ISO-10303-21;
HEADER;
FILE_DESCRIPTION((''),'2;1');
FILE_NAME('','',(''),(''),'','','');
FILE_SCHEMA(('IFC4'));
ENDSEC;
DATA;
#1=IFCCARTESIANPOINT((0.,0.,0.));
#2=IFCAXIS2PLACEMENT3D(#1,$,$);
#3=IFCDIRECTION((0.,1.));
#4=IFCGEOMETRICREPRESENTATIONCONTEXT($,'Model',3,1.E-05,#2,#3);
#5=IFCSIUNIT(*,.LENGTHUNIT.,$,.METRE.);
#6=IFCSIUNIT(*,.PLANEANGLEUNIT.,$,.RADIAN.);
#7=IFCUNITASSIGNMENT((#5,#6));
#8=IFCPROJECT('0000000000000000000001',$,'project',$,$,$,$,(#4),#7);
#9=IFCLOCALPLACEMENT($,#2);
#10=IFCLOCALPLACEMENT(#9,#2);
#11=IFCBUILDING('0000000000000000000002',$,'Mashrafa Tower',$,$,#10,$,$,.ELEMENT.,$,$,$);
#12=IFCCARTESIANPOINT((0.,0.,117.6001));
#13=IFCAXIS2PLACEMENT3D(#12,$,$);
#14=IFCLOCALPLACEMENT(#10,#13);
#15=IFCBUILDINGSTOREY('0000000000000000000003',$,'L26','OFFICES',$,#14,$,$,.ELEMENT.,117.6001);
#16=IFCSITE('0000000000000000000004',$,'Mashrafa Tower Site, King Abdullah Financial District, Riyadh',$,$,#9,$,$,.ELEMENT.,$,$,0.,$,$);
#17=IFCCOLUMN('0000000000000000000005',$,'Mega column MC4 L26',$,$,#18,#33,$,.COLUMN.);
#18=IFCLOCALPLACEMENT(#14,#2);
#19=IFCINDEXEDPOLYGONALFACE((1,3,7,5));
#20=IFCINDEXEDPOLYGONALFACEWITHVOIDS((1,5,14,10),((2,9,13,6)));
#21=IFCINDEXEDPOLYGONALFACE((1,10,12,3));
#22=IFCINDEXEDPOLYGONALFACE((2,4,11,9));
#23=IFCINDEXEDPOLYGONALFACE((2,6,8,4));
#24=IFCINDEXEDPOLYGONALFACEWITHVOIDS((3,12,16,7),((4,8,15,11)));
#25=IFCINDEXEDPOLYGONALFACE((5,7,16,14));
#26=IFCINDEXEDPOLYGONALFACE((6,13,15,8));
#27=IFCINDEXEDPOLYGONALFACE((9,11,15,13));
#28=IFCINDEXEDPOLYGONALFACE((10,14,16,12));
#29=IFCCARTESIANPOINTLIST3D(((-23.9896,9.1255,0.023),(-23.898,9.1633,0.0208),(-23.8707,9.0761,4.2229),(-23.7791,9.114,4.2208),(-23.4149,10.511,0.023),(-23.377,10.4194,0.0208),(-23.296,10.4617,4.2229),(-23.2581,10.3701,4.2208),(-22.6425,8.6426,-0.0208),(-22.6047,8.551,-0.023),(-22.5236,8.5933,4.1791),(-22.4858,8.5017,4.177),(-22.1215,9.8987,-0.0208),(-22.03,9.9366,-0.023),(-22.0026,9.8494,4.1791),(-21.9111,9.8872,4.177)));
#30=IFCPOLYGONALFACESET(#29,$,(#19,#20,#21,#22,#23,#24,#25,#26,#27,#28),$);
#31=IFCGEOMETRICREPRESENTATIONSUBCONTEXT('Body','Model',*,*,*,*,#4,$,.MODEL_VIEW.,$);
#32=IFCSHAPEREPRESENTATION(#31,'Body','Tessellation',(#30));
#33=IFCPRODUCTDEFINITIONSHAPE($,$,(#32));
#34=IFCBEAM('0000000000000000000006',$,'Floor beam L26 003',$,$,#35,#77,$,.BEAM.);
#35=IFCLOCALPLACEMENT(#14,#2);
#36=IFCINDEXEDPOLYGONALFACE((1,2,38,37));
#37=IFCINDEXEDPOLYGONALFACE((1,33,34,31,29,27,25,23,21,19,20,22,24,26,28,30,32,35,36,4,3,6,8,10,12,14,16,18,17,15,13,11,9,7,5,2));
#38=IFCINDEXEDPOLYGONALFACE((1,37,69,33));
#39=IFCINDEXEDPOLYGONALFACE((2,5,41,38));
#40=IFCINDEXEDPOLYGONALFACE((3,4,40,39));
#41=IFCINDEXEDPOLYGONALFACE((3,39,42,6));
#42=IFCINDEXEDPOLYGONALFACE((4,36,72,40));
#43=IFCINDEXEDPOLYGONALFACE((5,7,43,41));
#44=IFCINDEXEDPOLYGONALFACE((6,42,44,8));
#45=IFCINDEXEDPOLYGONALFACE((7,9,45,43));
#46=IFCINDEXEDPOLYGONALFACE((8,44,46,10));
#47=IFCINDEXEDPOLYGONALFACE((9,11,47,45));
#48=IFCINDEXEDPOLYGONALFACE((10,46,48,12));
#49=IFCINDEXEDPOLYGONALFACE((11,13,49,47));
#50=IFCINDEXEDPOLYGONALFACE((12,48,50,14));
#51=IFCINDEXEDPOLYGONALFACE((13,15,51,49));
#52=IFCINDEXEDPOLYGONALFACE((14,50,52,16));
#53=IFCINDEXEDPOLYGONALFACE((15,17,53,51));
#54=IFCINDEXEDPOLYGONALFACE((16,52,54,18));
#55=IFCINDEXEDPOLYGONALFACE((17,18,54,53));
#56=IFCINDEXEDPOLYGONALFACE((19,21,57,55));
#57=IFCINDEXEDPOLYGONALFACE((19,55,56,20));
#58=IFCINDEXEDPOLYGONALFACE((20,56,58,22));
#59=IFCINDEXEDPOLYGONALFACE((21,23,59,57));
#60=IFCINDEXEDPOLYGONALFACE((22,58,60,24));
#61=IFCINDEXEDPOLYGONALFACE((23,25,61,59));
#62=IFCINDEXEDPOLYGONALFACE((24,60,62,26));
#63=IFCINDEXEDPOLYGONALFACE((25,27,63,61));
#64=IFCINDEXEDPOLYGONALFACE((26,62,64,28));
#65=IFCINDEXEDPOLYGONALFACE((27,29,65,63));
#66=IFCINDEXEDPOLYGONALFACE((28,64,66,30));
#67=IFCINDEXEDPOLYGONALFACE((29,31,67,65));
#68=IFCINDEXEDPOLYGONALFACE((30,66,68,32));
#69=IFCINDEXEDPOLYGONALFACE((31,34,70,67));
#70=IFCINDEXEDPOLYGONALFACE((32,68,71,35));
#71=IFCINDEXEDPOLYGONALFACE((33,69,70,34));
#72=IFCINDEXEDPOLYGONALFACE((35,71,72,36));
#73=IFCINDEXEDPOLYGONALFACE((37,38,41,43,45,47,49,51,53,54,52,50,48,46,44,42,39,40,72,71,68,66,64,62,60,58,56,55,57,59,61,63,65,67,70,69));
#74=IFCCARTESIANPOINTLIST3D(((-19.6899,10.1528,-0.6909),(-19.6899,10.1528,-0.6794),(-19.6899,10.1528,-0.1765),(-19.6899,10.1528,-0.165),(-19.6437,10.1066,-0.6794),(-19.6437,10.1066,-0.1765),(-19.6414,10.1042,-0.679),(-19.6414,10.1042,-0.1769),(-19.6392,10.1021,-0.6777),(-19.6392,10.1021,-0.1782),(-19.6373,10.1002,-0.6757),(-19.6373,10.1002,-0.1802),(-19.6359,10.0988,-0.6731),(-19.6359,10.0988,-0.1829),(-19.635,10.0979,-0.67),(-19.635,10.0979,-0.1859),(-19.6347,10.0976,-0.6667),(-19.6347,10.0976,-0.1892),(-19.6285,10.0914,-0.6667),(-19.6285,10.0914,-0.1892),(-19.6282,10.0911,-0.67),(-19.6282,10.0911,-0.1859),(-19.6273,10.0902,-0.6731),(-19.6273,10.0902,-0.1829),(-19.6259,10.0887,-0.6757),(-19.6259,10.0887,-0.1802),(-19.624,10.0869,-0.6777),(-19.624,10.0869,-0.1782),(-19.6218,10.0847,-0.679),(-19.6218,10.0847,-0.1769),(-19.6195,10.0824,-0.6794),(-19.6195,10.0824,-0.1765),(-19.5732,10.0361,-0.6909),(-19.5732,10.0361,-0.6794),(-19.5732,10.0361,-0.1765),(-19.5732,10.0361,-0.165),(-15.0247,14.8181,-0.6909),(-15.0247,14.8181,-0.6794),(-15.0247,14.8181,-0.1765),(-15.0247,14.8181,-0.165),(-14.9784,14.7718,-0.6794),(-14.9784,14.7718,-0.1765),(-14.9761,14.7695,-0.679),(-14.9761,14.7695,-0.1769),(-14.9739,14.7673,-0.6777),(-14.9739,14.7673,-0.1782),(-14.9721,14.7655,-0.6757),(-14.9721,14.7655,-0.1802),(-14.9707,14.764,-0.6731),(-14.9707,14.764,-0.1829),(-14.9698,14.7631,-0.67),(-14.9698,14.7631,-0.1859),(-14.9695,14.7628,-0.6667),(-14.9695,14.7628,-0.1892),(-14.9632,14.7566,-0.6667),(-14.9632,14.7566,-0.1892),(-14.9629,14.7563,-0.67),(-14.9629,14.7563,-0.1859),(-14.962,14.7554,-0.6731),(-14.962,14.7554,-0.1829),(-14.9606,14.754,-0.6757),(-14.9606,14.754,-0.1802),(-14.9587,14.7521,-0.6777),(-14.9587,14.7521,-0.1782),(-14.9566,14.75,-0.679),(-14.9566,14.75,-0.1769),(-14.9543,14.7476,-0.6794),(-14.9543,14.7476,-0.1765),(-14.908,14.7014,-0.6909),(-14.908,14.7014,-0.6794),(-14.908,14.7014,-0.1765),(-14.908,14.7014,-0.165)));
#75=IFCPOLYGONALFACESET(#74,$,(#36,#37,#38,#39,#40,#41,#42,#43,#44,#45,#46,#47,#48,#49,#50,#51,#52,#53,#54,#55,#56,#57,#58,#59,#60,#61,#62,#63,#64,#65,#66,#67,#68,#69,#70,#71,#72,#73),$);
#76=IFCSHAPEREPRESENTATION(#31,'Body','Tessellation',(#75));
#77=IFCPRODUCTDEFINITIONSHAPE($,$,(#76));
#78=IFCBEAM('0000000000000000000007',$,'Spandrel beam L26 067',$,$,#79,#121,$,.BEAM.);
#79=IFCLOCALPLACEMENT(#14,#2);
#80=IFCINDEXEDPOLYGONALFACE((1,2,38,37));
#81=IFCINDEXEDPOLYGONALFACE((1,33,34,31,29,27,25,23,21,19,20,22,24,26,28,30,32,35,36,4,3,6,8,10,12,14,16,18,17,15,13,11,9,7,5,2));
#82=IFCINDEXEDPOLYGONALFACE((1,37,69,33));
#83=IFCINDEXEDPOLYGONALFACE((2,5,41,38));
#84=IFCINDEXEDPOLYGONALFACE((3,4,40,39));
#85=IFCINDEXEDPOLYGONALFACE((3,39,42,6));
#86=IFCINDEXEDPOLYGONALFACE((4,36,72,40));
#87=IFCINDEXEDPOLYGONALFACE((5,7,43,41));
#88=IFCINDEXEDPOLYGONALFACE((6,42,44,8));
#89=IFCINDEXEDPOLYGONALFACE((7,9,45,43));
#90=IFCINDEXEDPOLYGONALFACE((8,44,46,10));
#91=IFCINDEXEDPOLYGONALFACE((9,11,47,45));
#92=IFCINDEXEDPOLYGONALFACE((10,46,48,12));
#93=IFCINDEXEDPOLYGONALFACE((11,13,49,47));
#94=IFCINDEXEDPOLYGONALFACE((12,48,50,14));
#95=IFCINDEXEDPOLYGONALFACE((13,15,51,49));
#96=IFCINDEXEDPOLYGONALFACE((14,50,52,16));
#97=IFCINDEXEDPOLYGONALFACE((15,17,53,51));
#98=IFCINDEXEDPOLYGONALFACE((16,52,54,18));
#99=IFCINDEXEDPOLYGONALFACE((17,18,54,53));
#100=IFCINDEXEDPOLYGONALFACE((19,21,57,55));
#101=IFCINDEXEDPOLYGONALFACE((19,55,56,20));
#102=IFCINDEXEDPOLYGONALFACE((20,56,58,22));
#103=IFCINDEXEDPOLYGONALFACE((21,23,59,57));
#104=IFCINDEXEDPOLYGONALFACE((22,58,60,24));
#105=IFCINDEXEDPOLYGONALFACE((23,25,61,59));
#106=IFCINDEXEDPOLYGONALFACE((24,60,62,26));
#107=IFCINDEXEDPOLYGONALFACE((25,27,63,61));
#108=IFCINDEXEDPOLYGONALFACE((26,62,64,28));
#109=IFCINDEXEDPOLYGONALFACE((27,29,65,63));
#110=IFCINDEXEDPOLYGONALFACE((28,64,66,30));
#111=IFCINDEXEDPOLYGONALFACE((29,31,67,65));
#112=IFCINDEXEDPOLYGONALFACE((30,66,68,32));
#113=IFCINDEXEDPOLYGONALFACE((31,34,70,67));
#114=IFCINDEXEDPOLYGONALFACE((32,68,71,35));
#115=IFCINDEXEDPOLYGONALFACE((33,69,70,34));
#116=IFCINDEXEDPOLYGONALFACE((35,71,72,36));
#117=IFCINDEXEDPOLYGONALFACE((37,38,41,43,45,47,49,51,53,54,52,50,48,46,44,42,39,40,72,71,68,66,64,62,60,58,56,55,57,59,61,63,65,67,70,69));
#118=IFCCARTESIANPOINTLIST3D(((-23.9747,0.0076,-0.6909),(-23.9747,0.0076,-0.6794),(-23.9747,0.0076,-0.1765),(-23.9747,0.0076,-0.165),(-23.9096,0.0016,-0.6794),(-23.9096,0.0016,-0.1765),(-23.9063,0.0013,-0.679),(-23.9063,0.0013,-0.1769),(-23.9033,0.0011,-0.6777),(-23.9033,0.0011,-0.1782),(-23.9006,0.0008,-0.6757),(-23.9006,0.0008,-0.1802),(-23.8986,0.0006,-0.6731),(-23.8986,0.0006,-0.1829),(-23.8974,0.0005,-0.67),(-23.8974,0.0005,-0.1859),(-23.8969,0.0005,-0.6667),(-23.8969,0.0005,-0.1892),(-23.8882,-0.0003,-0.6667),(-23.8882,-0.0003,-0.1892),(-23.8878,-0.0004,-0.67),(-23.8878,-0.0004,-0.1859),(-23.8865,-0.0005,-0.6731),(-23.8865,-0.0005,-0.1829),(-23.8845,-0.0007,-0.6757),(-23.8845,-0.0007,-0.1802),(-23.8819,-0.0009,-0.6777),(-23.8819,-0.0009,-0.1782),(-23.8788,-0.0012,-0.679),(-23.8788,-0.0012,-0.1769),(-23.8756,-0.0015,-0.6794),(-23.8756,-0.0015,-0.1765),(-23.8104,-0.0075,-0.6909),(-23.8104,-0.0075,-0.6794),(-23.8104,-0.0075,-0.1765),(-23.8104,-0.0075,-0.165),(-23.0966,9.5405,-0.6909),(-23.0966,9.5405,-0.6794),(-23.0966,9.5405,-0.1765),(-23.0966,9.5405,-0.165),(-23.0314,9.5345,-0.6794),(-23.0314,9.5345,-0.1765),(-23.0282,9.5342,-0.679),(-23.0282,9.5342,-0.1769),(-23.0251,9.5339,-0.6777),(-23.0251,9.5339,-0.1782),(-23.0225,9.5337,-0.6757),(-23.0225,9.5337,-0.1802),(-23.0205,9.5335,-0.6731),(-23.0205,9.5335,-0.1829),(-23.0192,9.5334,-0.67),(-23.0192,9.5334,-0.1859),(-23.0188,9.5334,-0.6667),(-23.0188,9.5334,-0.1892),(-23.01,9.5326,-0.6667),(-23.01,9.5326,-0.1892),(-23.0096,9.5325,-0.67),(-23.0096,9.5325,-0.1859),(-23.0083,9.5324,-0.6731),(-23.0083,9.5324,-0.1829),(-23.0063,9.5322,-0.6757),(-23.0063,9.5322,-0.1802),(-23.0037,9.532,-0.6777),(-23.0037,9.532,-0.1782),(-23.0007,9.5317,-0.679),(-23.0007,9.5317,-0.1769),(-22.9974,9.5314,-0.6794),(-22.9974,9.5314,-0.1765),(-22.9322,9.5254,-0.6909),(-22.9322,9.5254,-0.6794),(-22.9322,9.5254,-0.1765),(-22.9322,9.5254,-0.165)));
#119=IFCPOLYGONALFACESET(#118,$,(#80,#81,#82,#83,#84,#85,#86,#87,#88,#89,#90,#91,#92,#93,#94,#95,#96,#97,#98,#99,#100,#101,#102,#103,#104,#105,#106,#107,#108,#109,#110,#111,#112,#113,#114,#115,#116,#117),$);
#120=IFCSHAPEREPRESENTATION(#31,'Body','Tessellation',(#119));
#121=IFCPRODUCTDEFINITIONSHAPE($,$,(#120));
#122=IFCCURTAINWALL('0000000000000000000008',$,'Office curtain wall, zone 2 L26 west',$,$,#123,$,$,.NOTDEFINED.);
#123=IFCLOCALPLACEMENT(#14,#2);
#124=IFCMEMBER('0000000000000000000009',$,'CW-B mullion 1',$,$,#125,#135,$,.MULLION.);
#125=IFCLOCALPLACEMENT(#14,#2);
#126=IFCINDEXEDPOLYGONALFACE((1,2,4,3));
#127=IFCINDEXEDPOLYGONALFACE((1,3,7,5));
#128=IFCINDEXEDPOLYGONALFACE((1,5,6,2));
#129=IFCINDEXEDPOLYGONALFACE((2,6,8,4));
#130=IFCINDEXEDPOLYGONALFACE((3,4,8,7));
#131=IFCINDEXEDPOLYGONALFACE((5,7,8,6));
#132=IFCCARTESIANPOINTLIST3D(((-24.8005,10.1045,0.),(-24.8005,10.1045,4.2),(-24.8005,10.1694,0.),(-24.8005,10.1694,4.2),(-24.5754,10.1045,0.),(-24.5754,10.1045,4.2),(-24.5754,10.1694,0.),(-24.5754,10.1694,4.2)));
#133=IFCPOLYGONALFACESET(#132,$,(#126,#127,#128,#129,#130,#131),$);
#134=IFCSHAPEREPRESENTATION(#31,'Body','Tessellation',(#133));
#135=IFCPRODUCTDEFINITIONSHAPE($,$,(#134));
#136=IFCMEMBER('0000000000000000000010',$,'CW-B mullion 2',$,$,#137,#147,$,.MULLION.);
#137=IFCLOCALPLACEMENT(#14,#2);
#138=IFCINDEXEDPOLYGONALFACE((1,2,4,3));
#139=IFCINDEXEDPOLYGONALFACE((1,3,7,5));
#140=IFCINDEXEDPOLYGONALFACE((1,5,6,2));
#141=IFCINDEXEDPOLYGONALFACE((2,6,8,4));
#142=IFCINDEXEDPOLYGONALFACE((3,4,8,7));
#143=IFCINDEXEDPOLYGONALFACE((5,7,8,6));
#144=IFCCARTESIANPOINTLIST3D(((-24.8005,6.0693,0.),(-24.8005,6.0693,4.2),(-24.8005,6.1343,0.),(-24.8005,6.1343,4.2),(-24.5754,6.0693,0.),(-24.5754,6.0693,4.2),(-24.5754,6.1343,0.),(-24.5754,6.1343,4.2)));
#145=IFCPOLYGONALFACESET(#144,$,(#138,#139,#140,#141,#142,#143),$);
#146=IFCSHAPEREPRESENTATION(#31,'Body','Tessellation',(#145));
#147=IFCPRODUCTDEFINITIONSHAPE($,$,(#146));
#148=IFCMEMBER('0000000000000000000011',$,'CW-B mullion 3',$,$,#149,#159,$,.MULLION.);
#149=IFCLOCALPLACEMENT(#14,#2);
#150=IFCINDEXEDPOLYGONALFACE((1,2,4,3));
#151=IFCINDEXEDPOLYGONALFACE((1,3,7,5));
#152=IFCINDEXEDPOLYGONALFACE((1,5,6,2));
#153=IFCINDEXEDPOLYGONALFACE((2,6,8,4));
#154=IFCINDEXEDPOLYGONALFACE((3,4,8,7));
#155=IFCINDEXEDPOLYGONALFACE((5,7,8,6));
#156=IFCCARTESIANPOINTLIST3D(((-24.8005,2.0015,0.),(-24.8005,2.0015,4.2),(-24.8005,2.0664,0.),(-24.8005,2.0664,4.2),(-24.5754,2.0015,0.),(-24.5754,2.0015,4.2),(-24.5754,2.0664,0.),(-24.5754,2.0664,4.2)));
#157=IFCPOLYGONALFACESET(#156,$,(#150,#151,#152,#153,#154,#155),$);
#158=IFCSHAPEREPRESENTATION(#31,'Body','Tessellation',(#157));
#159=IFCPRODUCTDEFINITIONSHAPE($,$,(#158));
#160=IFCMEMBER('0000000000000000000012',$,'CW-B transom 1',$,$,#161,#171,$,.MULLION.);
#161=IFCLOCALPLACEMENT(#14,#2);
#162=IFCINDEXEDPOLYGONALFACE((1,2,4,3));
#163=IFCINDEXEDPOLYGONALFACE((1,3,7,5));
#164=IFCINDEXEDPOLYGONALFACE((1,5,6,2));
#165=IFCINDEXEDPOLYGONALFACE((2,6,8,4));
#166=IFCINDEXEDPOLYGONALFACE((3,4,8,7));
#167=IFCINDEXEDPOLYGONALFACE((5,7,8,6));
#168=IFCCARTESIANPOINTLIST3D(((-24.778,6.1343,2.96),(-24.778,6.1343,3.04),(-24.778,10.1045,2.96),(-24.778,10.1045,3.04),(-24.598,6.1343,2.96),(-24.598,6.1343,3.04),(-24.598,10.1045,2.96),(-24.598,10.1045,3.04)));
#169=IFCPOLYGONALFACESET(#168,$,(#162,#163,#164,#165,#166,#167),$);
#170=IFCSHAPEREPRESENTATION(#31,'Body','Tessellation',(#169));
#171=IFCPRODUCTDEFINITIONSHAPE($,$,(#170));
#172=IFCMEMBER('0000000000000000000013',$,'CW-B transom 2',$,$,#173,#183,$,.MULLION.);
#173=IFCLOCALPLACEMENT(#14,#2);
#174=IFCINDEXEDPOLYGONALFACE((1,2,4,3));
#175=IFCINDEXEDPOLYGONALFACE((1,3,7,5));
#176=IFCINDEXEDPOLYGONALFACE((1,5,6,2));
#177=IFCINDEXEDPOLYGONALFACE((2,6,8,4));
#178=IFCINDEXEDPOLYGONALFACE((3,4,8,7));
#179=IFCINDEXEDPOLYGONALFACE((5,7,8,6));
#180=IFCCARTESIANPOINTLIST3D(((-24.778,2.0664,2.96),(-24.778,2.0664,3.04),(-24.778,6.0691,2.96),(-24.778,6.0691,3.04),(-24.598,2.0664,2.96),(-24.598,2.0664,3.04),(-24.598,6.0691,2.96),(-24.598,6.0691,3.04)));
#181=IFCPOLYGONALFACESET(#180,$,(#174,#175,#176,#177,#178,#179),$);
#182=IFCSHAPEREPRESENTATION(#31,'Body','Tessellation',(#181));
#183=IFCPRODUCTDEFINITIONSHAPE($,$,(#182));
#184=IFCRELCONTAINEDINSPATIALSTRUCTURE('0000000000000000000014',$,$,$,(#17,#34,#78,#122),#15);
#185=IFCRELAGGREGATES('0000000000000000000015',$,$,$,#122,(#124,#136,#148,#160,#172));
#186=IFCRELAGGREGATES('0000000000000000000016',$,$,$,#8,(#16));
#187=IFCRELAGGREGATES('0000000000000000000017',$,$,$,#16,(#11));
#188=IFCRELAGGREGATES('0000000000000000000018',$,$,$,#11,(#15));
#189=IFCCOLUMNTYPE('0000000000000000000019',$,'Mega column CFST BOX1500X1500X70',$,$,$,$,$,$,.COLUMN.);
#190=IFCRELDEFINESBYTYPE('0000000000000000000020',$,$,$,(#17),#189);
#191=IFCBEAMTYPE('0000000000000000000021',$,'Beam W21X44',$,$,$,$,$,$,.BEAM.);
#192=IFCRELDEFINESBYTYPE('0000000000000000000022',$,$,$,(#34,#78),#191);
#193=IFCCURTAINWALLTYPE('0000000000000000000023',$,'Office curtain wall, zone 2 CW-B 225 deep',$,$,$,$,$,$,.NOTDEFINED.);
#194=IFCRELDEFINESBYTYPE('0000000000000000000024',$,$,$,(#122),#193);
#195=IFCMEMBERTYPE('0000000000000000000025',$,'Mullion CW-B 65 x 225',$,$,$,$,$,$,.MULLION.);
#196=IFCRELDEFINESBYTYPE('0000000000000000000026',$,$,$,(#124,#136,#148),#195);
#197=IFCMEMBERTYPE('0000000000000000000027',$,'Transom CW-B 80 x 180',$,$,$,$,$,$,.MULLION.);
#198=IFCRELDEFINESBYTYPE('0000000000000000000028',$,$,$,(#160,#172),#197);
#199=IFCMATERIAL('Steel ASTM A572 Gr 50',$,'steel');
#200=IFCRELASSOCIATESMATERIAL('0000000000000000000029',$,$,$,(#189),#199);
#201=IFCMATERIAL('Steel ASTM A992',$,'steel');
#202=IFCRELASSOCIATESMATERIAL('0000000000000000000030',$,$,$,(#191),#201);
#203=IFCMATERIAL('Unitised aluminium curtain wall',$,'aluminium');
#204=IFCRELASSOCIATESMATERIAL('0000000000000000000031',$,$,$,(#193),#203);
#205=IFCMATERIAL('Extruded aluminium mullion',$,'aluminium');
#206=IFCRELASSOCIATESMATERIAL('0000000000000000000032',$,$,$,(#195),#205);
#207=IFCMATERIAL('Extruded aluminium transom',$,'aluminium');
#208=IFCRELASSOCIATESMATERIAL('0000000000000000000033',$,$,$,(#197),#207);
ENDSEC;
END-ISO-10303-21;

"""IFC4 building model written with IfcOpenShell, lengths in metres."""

from ifc_helpers import new_model, si_unit, direction, frame, origin, origin_2d, place, context, subcontext, project, spatial, rectangle, hollow_rectangle, i_section, extrude, source, transform, mapped, material, material_profile, profile_set, type_object, type_shapes, element, aggregate, save


model = new_model("IFC4")

# Units and contexts
model_context = context("Model", 3, precision=1e-05, world=origin(), true_north=direction((0.0, 1.0)))
body_context = subcontext(model_context, "Body", "Model", "MODEL_VIEW")
ifc_project = project(units=[si_unit("LENGTHUNIT", "METRE"), si_unit("PLANEANGLEUNIT", "RADIAN")], contexts=[model_context])

# Site, building, storey
site_placement = place(None, origin())
site = spatial("IfcSite", under=ifc_project, at=site_placement, Name="Mashrafa Tower Site, King Abdullah Financial District, Riyadh", CompositionType="ELEMENT", RefElevation=0.0)
building_placement = place(site_placement, origin())
building = spatial("IfcBuilding", under=site, at=building_placement, Name="Mashrafa Tower", CompositionType="ELEMENT")
storey_placement = place(building_placement, frame((0.0, 0.0, 117.6001)))
storey = spatial("IfcBuildingStorey", under=building, at=storey_placement, Name="L26", Description="OFFICES", CompositionType="ELEMENT", Elevation=117.6001)

# Column
ifc_material_1 = material(Name="Steel ASTM A572 Gr 50", Category="steel")
ifc_material_profile_1 = material_profile(ifc_material_1, hollow_rectangle(XDim=1.5, YDim=1.5, WallThickness=0.0701, at=origin_2d()), Name="BOX1500X1500X70")
ifc_profile_set_1 = profile_set([ifc_material_profile_1], Name="Steel ASTM A572 Gr 50")
column_type = type_object("IfcColumnType", Name="Mega column CFST BOX1500X1500X70", PredefinedType="COLUMN", material=ifc_profile_set_1)
column_placement = place(storey_placement, frame((-23.0098, 9.531, 0.0), z_axis=(0.028296, -0.011737, 0.999531), x_axis=(0.383133, 0.923693, 0.0)))
element("IfcColumn", 1, at=column_placement, inside=storey, type_object=column_type, Name="Mega column MC4 L26", PredefinedType="COLUMN", context=body_context, shape_type="SweptSolid", body=[
    extrude(hollow_rectangle(XDim=1.5, YDim=1.5, WallThickness=0.0701, at=origin_2d()), origin(), (0.0, 0.0, 1.0), 4.2019),
])

# Beams
ifc_material_2 = material(Name="Steel ASTM A992", Category="steel")
ifc_material_profile_2 = material_profile(ifc_material_2, i_section(OverallWidth=0.165, OverallDepth=0.5259, WebThickness=0.0088, FlangeThickness=0.0115, FilletRadius=0.0127, at=origin_2d()), Name="W21X44")
ifc_profile_set_2 = profile_set([ifc_material_profile_2], Name="Steel ASTM A992")
beam_type = type_object("IfcBeamType", Name="Beam W21X44", PredefinedType="BEAM", material=ifc_profile_set_2)
beam_1_placement = place(storey_placement, frame((-19.6316, 10.0945, -0.428), z_axis=(0.707107, 0.707107, 0.0), x_axis=(-0.707107, 0.707107, 0.0)))
element("IfcBeam", 2, at=beam_1_placement, inside=storey, type_object=beam_type, Name="Floor beam L26 003", PredefinedType="BEAM", context=body_context, shape_type="SweptSolid", body=[
    extrude(i_section(OverallWidth=0.165, OverallDepth=0.5259, WebThickness=0.0088, FlangeThickness=0.0115, FilletRadius=0.0127, at=origin_2d()), origin(), (0.0, 0.0, 1.0), 6.5977),
])
beam_2_placement = place(storey_placement, frame((-23.0144, 9.533, -0.428), z_axis=(-0.091731, -0.995784, 0.0), x_axis=(0.995784, -0.091731, 0.0)))
element("IfcBeam", 3, at=beam_2_placement, inside=storey, type_object=beam_type, Name="Spandrel beam L26 067", PredefinedType="BEAM", context=body_context, shape_type="SweptSolid", body=[
    extrude(i_section(OverallWidth=0.165, OverallDepth=0.5259, WebThickness=0.0088, FlangeThickness=0.0115, FilletRadius=0.0127, at=origin_2d()), origin(), (0.0, 0.0, 1.0), 9.5732),
])

# Curtain wall, members
ifc_material_3 = material(Name="Unitised aluminium curtain wall", Category="aluminium")
curtain_wall_type = type_object("IfcCurtainWallType", Name="Office curtain wall, zone 2 CW-B 225 deep", PredefinedType="NOTDEFINED", material=ifc_material_3)
curtain_wall_placement = place(storey_placement, origin())
curtain_wall = element("IfcCurtainWall", 4, at=curtain_wall_placement, inside=storey, type_object=curtain_wall_type, Name="Office curtain wall, zone 2 L26 west", PredefinedType="NOTDEFINED")
ifc_material_4 = material(Name="Extruded aluminium mullion", Category="aluminium")
ifc_material_profile_3 = material_profile(ifc_material_4, rectangle(XDim=0.2251, YDim=0.0649, at=origin_2d()), Name="Mullion 65x225")
ifc_profile_set_3 = profile_set([ifc_material_profile_3], Name="Extruded aluminium mullion")
member_type_1 = type_object("IfcMemberType", Name="Mullion CW-B 65 x 225", PredefinedType="MULLION", material=ifc_profile_set_3)
shared_shape_1 = source(origin(), body_context, "Body", "SweptSolid", [
    extrude(rectangle(XDim=0.2251, YDim=0.0649, at=origin_2d()), origin(), (0.0, 0.0, 1.0), 4.2),
])
type_shapes(member_type_1, [shared_shape_1])
member_1_placement = place(storey_placement, frame((-24.688, 10.137, 0.0), z_axis=(0.0, 0.0, 1.0), x_axis=(1.0, 0.0, 0.0)))
member_1 = element("IfcMember", 5, at=member_1_placement, type_object=member_type_1, Name="CW-B mullion 1", PredefinedType="MULLION", context=body_context, shape_type="MappedRepresentation", body=[
    mapped(shared_shape_1, transform((0.0, 0.0, 0.0))),
])
member_2_placement = place(storey_placement, frame((-24.688, 6.1018, 0.0), z_axis=(0.0, 0.0, 1.0), x_axis=(1.0, 0.0, 0.0)))
member_2 = element("IfcMember", 6, at=member_2_placement, type_object=member_type_1, Name="CW-B mullion 2", PredefinedType="MULLION", context=body_context, shape_type="MappedRepresentation", body=[
    mapped(shared_shape_1, transform((0.0, 0.0, 0.0))),
])
member_3_placement = place(storey_placement, frame((-24.688, 2.0339, 0.0), z_axis=(0.0, 0.0, 1.0), x_axis=(1.0, 0.0, 0.0)))
member_3 = element("IfcMember", 7, at=member_3_placement, type_object=member_type_1, Name="CW-B mullion 3", PredefinedType="MULLION", context=body_context, shape_type="MappedRepresentation", body=[
    mapped(shared_shape_1, transform((0.0, 0.0, 0.0))),
])
ifc_material_5 = material(Name="Extruded aluminium transom", Category="aluminium")
ifc_material_profile_4 = material_profile(ifc_material_5, rectangle(XDim=0.1799, YDim=0.0801, at=origin_2d()), Name="Transom 80x180")
ifc_profile_set_4 = profile_set([ifc_material_profile_4], Name="Extruded aluminium transom")
member_type_2 = type_object("IfcMemberType", Name="Transom CW-B 80 x 180", PredefinedType="MULLION", material=ifc_profile_set_4)
shared_shape_2 = source(origin(), body_context, "Body", "SweptSolid", [
    extrude(rectangle(XDim=0.1799, YDim=0.0801, at=origin_2d()), origin(), (0.0, 0.0, 1.0), 3.9702),
])
member_4_placement = place(storey_placement, frame((-24.688, 10.1045, 3.0), z_axis=(0.0, -1.0, 0.0), x_axis=(1.0, 0.0, 0.0)))
member_4 = element("IfcMember", 8, at=member_4_placement, type_object=member_type_2, Name="CW-B transom 1", PredefinedType="MULLION", context=body_context, shape_type="MappedRepresentation", body=[
    mapped(shared_shape_2, transform((0.0, 0.0, 0.0))),
])
shared_shape_3 = source(origin(), body_context, "Body", "SweptSolid", [
    extrude(rectangle(XDim=0.1799, YDim=0.0801, at=origin_2d()), origin(), (0.0, 0.0, 1.0), 4.0027),
])
member_5_placement = place(storey_placement, frame((-24.688, 6.0691, 3.0), z_axis=(0.0, -1.0, 0.0), x_axis=(1.0, 0.0, 0.0)))
member_5 = element("IfcMember", 9, at=member_5_placement, type_object=member_type_2, Name="CW-B transom 2", PredefinedType="MULLION", context=body_context, shape_type="MappedRepresentation", body=[
    mapped(shared_shape_3, transform((0.0, 0.0, 0.0))),
])
aggregate(curtain_wall, [member_1, member_2, member_3, member_4, member_5])

save(model, "model.ifc")
